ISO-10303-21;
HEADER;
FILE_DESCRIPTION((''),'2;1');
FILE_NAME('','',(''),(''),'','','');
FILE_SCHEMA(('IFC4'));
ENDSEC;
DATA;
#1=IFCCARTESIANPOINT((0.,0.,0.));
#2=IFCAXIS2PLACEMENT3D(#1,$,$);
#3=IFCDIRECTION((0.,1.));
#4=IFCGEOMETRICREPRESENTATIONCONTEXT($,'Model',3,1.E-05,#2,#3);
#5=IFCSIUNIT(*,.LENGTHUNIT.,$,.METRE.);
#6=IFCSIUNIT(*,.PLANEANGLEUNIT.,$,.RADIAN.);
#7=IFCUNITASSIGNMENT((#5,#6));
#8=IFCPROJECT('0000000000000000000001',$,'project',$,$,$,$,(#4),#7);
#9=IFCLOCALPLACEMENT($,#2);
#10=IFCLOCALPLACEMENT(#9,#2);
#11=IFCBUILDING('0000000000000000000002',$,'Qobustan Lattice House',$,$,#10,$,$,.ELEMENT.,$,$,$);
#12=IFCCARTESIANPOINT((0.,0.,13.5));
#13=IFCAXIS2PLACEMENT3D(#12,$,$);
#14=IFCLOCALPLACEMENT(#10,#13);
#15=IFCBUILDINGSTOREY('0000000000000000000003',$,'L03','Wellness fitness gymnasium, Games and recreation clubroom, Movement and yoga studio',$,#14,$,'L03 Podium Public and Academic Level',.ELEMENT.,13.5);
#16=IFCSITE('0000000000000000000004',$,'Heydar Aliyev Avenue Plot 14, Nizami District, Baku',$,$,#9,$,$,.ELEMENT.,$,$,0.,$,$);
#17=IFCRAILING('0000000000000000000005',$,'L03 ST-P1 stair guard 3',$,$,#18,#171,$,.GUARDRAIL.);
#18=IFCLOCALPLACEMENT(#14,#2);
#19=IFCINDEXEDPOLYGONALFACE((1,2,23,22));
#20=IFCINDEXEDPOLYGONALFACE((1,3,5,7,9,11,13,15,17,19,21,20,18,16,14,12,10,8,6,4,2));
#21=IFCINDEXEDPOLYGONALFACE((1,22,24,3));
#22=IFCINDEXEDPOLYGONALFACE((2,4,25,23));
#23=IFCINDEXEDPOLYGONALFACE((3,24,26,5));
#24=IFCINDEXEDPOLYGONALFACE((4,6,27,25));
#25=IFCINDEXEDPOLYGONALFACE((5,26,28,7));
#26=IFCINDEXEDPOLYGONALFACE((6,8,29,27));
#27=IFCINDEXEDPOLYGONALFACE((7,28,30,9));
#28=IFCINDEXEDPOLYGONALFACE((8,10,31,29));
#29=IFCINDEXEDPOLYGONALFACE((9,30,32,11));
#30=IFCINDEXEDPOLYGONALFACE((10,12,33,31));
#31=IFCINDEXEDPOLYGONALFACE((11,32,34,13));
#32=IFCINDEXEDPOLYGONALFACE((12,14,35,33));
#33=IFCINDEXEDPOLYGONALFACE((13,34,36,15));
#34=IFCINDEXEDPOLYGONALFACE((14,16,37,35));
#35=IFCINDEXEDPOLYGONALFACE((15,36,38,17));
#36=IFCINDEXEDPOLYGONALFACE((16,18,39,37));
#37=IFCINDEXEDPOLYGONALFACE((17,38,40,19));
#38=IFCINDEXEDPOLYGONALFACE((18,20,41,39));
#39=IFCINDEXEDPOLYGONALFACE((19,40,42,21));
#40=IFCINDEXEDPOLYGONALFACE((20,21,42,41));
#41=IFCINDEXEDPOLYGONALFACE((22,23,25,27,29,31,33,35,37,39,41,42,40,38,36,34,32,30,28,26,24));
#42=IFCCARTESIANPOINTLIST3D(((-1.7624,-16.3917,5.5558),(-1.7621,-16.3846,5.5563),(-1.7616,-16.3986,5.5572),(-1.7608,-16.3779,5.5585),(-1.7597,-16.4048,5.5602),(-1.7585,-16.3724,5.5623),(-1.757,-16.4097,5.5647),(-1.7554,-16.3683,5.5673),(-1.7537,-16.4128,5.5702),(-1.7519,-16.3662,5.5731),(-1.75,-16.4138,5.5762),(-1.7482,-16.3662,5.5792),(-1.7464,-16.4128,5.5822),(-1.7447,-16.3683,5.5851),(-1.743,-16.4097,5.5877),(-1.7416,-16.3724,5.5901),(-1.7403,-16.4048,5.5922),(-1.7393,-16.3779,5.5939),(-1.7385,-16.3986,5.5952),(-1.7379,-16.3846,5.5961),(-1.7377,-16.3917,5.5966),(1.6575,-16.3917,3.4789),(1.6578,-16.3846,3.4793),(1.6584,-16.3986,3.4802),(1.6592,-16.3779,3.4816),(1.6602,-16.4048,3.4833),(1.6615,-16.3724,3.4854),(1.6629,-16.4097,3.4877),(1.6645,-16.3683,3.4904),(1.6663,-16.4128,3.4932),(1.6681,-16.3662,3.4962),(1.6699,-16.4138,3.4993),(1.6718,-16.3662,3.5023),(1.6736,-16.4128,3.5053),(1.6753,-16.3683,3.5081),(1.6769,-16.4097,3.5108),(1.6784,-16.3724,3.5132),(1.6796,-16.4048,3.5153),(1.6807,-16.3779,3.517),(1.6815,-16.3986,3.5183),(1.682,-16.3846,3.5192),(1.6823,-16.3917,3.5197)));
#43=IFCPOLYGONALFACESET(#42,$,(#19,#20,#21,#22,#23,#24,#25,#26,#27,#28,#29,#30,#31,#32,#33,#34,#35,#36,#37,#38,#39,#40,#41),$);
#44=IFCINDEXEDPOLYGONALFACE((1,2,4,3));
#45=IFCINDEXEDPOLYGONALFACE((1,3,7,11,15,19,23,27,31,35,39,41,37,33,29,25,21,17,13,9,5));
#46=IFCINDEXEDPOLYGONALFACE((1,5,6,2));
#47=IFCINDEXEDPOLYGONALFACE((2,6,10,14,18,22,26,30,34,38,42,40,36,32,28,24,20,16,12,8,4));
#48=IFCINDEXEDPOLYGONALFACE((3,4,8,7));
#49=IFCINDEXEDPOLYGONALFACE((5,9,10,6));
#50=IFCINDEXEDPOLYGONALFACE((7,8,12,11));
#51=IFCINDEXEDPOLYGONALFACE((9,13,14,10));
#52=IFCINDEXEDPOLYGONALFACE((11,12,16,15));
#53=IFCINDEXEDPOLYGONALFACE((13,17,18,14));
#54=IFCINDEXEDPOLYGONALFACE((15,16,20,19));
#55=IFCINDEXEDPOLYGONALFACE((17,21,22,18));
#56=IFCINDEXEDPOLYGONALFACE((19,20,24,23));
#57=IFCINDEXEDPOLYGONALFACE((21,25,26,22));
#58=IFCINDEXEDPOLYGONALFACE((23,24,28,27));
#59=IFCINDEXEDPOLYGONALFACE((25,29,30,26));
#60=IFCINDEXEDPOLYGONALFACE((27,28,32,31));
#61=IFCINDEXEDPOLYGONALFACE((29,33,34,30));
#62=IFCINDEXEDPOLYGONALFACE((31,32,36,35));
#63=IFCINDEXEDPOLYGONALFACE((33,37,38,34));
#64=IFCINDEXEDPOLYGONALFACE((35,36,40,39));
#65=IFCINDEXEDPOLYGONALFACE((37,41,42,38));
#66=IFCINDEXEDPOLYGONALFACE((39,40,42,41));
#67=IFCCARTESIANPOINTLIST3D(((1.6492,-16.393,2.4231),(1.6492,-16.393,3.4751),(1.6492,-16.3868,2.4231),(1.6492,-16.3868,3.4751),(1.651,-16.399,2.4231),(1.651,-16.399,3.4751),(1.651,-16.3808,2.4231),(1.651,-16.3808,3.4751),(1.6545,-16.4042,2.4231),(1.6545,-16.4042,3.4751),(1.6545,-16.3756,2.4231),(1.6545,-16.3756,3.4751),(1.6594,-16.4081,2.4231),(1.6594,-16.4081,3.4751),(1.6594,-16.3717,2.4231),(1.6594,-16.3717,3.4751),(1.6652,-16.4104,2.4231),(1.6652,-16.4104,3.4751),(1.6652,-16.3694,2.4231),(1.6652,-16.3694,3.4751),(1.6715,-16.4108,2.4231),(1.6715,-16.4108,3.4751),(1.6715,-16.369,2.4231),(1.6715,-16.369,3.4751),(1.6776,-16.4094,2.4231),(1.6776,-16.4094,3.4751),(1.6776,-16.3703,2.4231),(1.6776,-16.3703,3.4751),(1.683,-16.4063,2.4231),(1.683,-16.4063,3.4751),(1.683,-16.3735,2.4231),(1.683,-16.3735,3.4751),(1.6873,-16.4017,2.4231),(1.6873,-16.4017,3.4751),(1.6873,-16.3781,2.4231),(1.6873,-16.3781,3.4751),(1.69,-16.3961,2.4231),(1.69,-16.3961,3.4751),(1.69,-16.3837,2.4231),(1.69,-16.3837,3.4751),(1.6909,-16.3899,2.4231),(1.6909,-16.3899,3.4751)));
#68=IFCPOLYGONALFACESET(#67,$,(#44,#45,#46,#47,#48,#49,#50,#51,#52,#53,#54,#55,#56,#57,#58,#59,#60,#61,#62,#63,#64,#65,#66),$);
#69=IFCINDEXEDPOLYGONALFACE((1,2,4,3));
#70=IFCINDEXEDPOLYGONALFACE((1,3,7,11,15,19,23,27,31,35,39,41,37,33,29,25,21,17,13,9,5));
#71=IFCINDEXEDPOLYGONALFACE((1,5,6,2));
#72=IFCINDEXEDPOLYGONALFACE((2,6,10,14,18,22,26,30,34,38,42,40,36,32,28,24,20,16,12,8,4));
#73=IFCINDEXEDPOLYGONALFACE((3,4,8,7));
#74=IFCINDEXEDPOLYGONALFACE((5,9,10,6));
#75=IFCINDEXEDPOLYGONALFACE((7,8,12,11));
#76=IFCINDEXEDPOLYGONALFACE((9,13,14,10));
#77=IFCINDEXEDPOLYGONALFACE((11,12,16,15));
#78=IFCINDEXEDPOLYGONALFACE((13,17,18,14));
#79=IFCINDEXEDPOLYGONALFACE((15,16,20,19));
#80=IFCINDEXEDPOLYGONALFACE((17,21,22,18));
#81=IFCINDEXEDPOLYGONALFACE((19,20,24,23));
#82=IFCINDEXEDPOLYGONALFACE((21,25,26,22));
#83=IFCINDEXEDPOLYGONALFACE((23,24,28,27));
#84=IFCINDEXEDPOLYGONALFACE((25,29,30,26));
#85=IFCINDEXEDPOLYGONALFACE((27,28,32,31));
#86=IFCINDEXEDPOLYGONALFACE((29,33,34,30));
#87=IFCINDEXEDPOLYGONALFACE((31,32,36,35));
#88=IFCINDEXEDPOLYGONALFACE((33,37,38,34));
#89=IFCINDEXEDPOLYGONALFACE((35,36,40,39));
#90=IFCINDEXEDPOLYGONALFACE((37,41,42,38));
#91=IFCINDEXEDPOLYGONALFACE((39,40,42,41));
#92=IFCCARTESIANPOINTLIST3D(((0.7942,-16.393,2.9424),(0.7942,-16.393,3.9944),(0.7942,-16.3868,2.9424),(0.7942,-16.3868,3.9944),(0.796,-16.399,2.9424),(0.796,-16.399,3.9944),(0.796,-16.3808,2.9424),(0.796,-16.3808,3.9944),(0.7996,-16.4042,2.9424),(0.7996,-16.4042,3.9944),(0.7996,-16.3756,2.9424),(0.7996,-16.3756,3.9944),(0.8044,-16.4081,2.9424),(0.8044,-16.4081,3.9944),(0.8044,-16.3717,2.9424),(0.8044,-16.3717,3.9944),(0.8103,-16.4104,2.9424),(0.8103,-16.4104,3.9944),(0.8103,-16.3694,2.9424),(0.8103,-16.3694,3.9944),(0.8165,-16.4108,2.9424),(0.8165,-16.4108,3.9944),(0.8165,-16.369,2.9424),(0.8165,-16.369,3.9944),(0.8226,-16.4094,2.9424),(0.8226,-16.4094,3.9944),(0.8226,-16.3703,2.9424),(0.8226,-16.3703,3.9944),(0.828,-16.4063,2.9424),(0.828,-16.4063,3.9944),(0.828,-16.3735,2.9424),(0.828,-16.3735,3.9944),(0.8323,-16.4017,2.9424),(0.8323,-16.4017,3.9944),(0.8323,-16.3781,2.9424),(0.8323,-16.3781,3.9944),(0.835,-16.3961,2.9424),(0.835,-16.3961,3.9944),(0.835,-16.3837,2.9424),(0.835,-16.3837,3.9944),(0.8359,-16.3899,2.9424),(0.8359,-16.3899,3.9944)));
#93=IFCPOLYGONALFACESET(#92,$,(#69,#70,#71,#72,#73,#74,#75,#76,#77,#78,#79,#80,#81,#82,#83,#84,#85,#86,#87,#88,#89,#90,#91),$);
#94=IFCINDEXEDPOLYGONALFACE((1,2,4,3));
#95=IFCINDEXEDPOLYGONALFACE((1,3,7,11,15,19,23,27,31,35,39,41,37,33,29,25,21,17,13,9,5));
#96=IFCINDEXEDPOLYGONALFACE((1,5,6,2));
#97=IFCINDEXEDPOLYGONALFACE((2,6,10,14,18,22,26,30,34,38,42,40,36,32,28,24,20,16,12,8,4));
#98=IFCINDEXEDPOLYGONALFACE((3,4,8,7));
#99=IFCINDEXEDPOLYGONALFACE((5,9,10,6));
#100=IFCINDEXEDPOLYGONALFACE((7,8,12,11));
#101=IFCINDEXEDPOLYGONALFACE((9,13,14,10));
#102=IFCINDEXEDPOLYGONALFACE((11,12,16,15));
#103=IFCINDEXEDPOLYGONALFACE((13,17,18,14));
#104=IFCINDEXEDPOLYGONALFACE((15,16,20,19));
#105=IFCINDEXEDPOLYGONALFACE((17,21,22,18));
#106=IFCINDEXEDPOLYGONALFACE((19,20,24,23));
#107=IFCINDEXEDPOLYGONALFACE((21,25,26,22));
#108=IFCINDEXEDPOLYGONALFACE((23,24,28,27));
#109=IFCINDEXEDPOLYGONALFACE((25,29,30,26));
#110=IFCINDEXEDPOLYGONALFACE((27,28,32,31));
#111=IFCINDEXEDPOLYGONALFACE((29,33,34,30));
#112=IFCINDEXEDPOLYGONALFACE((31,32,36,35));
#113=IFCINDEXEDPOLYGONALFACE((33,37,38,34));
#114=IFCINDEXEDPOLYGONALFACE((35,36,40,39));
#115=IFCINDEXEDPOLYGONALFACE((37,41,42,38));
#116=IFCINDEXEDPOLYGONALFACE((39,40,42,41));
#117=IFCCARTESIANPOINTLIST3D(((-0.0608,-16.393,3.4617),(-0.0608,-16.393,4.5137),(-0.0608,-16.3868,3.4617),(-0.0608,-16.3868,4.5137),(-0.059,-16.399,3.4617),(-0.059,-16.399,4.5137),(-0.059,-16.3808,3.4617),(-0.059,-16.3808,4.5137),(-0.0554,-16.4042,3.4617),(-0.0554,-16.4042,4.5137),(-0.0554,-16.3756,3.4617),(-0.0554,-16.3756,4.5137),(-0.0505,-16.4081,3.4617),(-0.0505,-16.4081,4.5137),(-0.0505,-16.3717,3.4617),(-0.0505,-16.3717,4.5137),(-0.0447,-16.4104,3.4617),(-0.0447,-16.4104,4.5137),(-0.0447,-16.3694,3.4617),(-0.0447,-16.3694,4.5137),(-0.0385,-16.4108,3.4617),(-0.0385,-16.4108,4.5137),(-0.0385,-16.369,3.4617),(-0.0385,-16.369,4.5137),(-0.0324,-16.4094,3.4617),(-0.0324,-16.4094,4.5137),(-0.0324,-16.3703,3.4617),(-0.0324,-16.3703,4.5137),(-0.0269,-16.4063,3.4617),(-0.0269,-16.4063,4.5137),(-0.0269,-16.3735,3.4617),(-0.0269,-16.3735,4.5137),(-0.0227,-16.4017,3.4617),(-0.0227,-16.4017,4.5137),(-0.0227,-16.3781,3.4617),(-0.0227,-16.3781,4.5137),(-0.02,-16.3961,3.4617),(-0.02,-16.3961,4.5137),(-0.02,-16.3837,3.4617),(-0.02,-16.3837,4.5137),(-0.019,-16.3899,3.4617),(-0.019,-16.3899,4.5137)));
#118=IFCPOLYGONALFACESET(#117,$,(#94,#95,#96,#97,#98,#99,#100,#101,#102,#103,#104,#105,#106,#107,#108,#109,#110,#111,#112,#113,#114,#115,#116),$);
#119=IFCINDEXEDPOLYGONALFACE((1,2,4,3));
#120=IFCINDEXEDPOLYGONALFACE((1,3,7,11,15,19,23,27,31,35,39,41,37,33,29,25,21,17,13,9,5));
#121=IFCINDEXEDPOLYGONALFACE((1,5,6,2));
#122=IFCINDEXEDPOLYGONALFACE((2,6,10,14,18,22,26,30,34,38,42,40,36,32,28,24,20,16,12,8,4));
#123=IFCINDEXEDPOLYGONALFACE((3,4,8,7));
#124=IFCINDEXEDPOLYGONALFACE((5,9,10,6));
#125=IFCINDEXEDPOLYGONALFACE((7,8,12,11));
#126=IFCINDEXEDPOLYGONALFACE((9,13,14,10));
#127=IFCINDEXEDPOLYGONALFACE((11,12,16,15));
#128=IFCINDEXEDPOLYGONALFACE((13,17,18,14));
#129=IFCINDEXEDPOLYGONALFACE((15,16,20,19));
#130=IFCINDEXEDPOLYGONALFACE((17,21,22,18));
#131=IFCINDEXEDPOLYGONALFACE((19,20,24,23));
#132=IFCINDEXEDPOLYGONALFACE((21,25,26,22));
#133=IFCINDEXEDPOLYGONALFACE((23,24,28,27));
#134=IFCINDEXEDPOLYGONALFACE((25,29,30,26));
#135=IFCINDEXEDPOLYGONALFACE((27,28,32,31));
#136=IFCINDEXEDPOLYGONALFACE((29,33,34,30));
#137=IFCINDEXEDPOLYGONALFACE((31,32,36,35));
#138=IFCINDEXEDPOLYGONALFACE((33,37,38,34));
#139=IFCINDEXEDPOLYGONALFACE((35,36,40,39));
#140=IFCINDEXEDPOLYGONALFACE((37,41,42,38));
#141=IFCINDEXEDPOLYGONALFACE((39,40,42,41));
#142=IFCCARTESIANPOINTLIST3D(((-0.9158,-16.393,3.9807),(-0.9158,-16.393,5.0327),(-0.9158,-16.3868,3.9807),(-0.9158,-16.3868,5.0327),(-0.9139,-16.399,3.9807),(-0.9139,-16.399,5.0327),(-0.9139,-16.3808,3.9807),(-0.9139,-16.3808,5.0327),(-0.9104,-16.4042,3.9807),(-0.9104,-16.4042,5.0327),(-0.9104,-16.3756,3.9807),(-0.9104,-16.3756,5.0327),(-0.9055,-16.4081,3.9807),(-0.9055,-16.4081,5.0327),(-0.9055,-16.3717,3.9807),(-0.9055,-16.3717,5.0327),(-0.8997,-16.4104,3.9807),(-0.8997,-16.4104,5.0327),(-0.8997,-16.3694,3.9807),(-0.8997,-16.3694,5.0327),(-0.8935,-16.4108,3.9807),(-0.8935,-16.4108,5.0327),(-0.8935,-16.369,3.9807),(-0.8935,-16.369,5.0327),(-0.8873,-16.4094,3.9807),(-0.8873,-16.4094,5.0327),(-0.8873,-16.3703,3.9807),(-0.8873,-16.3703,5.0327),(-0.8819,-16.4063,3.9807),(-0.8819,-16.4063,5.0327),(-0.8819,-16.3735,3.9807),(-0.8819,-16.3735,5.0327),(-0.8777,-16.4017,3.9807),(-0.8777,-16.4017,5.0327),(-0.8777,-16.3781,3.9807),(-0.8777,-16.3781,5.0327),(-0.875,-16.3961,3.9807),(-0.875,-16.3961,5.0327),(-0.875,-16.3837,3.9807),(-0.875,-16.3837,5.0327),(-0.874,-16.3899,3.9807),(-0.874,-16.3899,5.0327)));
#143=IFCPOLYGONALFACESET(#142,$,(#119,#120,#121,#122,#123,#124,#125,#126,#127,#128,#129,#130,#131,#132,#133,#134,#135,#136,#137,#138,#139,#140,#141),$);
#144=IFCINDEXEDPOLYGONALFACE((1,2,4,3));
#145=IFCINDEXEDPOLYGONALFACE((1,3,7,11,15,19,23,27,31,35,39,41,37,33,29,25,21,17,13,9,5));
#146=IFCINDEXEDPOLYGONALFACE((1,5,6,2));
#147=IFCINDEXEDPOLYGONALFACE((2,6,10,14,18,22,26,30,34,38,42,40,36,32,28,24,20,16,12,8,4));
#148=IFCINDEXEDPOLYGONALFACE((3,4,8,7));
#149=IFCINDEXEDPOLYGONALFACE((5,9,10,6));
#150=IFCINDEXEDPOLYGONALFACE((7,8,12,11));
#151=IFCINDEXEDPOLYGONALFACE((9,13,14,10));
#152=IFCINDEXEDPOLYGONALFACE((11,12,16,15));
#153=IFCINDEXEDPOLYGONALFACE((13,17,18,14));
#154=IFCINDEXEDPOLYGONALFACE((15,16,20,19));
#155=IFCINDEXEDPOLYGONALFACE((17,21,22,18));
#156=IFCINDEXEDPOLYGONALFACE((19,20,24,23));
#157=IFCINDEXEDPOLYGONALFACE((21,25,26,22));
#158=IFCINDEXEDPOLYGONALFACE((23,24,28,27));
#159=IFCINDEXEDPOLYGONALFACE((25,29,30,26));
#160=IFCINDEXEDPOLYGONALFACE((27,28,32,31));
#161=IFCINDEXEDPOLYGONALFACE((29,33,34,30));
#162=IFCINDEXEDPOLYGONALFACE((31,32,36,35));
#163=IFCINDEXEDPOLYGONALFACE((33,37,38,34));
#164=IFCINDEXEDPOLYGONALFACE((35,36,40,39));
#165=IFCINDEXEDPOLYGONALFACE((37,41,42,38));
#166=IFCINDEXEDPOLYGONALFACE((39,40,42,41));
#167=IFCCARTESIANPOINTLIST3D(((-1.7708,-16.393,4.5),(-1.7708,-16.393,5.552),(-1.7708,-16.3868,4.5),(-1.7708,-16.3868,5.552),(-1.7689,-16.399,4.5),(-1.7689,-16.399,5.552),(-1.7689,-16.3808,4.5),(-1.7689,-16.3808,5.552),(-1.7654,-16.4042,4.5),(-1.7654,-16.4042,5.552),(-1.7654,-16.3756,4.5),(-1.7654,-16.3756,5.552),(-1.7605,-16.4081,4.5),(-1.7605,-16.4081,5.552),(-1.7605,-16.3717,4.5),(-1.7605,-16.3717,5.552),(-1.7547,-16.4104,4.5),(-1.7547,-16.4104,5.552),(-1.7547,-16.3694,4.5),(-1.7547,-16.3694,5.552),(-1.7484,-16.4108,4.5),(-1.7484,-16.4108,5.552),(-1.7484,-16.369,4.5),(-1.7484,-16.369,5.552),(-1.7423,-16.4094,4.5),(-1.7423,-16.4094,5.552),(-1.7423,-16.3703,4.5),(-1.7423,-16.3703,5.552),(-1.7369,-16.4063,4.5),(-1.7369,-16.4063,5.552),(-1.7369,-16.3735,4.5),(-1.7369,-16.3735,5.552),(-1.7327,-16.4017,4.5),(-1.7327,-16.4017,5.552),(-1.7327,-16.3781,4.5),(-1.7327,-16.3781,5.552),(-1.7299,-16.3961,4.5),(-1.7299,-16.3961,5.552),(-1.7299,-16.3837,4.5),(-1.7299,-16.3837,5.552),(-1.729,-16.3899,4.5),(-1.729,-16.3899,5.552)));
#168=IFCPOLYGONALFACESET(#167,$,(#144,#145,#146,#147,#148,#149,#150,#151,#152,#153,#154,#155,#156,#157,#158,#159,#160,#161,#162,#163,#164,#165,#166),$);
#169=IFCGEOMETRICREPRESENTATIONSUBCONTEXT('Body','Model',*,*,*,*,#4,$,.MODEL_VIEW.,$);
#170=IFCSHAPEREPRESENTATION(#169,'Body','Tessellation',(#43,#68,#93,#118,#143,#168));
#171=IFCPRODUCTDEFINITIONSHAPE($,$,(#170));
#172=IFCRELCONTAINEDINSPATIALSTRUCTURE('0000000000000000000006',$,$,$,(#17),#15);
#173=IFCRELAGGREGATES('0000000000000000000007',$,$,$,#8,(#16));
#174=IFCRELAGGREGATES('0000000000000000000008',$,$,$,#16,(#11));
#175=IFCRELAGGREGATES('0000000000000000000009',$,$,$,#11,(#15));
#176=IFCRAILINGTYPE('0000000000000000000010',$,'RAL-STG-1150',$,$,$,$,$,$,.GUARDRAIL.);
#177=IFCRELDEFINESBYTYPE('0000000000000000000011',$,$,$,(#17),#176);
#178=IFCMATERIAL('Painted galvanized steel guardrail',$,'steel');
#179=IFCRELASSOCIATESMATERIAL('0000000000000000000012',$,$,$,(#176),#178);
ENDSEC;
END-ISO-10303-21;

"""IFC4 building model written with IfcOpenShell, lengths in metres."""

from ifc_helpers import new_model, si_unit, direction, frame, origin, origin_2d, place, context, subcontext, project, spatial, circle, extrude, material, type_object, element, save


model = new_model("IFC4")

# Units and contexts
model_context = context("Model", 3, precision=1e-05, world=origin(), true_north=direction((0.0, 1.0)))
body_context = subcontext(model_context, "Body", "Model", "MODEL_VIEW")
ifc_project = project(units=[si_unit("LENGTHUNIT", "METRE"), si_unit("PLANEANGLEUNIT", "RADIAN")], contexts=[model_context])

# Site, building, storey
site_placement = place(None, origin())
site = spatial("IfcSite", under=ifc_project, at=site_placement, Name="Heydar Aliyev Avenue Plot 14, Nizami District, Baku", CompositionType="ELEMENT", RefElevation=0.0)
building_placement = place(site_placement, origin())
building = spatial("IfcBuilding", under=site, at=building_placement, Name="Qobustan Lattice House", CompositionType="ELEMENT")
storey_placement = place(building_placement, frame((0.0, 0.0, 13.5)))
storey = spatial("IfcBuildingStorey", under=building, at=storey_placement, Name="L03", Description="Wellness fitness gymnasium, Games and recreation clubroom, Movement and yoga studio", LongName="L03 Podium Public and Academic Level", CompositionType="ELEMENT", Elevation=13.5)

# Railing
ifc_material_1 = material(Name="Painted galvanized steel guardrail", Category="steel")
railing_type_1 = type_object("IfcRailingType", Name="RAL-STG-1150", PredefinedType="GUARDRAIL", material=ifc_material_1)
railing_1_placement = place(storey_placement, frame((1.6699, -16.3899, 2.4231)))
element("IfcRailing", 1, at=railing_1_placement, inside=storey, type_object=railing_type_1, Name="L03 ST-P1 stair guard 3", PredefinedType="GUARDRAIL", context=body_context, shape_type="SweptSolid", body=[
    extrude(circle(Radius=0.0239, at=origin_2d()), frame((0.0, 0.0, 1.0762), z_axis=(-0.85473, 0.0, 0.519074), x_axis=(0.0, -1.0, 0.0)), (0.0, 0.0, 1.0), 4.0012),
    extrude(circle(Radius=0.021, at=origin_2d()), origin(), (0.0, 0.0, 1.0), 1.052),
    extrude(circle(Radius=0.021, at=origin_2d()), frame((-0.855, 0.0, 0.5193)), (0.0, 0.0, 1.0), 1.052),
    extrude(circle(Radius=0.021, at=origin_2d()), frame((-1.71, 0.0, 1.0386)), (0.0, 0.0, 1.0), 1.052),
    extrude(circle(Radius=0.021, at=origin_2d()), frame((-2.5649, 0.0, 1.5576)), (0.0, 0.0, 1.0), 1.052),
    extrude(circle(Radius=0.021, at=origin_2d()), frame((-3.4199, 0.0, 2.0769)), (0.0, 0.0, 1.0), 1.052),
])

save(model, "model.ifc")
